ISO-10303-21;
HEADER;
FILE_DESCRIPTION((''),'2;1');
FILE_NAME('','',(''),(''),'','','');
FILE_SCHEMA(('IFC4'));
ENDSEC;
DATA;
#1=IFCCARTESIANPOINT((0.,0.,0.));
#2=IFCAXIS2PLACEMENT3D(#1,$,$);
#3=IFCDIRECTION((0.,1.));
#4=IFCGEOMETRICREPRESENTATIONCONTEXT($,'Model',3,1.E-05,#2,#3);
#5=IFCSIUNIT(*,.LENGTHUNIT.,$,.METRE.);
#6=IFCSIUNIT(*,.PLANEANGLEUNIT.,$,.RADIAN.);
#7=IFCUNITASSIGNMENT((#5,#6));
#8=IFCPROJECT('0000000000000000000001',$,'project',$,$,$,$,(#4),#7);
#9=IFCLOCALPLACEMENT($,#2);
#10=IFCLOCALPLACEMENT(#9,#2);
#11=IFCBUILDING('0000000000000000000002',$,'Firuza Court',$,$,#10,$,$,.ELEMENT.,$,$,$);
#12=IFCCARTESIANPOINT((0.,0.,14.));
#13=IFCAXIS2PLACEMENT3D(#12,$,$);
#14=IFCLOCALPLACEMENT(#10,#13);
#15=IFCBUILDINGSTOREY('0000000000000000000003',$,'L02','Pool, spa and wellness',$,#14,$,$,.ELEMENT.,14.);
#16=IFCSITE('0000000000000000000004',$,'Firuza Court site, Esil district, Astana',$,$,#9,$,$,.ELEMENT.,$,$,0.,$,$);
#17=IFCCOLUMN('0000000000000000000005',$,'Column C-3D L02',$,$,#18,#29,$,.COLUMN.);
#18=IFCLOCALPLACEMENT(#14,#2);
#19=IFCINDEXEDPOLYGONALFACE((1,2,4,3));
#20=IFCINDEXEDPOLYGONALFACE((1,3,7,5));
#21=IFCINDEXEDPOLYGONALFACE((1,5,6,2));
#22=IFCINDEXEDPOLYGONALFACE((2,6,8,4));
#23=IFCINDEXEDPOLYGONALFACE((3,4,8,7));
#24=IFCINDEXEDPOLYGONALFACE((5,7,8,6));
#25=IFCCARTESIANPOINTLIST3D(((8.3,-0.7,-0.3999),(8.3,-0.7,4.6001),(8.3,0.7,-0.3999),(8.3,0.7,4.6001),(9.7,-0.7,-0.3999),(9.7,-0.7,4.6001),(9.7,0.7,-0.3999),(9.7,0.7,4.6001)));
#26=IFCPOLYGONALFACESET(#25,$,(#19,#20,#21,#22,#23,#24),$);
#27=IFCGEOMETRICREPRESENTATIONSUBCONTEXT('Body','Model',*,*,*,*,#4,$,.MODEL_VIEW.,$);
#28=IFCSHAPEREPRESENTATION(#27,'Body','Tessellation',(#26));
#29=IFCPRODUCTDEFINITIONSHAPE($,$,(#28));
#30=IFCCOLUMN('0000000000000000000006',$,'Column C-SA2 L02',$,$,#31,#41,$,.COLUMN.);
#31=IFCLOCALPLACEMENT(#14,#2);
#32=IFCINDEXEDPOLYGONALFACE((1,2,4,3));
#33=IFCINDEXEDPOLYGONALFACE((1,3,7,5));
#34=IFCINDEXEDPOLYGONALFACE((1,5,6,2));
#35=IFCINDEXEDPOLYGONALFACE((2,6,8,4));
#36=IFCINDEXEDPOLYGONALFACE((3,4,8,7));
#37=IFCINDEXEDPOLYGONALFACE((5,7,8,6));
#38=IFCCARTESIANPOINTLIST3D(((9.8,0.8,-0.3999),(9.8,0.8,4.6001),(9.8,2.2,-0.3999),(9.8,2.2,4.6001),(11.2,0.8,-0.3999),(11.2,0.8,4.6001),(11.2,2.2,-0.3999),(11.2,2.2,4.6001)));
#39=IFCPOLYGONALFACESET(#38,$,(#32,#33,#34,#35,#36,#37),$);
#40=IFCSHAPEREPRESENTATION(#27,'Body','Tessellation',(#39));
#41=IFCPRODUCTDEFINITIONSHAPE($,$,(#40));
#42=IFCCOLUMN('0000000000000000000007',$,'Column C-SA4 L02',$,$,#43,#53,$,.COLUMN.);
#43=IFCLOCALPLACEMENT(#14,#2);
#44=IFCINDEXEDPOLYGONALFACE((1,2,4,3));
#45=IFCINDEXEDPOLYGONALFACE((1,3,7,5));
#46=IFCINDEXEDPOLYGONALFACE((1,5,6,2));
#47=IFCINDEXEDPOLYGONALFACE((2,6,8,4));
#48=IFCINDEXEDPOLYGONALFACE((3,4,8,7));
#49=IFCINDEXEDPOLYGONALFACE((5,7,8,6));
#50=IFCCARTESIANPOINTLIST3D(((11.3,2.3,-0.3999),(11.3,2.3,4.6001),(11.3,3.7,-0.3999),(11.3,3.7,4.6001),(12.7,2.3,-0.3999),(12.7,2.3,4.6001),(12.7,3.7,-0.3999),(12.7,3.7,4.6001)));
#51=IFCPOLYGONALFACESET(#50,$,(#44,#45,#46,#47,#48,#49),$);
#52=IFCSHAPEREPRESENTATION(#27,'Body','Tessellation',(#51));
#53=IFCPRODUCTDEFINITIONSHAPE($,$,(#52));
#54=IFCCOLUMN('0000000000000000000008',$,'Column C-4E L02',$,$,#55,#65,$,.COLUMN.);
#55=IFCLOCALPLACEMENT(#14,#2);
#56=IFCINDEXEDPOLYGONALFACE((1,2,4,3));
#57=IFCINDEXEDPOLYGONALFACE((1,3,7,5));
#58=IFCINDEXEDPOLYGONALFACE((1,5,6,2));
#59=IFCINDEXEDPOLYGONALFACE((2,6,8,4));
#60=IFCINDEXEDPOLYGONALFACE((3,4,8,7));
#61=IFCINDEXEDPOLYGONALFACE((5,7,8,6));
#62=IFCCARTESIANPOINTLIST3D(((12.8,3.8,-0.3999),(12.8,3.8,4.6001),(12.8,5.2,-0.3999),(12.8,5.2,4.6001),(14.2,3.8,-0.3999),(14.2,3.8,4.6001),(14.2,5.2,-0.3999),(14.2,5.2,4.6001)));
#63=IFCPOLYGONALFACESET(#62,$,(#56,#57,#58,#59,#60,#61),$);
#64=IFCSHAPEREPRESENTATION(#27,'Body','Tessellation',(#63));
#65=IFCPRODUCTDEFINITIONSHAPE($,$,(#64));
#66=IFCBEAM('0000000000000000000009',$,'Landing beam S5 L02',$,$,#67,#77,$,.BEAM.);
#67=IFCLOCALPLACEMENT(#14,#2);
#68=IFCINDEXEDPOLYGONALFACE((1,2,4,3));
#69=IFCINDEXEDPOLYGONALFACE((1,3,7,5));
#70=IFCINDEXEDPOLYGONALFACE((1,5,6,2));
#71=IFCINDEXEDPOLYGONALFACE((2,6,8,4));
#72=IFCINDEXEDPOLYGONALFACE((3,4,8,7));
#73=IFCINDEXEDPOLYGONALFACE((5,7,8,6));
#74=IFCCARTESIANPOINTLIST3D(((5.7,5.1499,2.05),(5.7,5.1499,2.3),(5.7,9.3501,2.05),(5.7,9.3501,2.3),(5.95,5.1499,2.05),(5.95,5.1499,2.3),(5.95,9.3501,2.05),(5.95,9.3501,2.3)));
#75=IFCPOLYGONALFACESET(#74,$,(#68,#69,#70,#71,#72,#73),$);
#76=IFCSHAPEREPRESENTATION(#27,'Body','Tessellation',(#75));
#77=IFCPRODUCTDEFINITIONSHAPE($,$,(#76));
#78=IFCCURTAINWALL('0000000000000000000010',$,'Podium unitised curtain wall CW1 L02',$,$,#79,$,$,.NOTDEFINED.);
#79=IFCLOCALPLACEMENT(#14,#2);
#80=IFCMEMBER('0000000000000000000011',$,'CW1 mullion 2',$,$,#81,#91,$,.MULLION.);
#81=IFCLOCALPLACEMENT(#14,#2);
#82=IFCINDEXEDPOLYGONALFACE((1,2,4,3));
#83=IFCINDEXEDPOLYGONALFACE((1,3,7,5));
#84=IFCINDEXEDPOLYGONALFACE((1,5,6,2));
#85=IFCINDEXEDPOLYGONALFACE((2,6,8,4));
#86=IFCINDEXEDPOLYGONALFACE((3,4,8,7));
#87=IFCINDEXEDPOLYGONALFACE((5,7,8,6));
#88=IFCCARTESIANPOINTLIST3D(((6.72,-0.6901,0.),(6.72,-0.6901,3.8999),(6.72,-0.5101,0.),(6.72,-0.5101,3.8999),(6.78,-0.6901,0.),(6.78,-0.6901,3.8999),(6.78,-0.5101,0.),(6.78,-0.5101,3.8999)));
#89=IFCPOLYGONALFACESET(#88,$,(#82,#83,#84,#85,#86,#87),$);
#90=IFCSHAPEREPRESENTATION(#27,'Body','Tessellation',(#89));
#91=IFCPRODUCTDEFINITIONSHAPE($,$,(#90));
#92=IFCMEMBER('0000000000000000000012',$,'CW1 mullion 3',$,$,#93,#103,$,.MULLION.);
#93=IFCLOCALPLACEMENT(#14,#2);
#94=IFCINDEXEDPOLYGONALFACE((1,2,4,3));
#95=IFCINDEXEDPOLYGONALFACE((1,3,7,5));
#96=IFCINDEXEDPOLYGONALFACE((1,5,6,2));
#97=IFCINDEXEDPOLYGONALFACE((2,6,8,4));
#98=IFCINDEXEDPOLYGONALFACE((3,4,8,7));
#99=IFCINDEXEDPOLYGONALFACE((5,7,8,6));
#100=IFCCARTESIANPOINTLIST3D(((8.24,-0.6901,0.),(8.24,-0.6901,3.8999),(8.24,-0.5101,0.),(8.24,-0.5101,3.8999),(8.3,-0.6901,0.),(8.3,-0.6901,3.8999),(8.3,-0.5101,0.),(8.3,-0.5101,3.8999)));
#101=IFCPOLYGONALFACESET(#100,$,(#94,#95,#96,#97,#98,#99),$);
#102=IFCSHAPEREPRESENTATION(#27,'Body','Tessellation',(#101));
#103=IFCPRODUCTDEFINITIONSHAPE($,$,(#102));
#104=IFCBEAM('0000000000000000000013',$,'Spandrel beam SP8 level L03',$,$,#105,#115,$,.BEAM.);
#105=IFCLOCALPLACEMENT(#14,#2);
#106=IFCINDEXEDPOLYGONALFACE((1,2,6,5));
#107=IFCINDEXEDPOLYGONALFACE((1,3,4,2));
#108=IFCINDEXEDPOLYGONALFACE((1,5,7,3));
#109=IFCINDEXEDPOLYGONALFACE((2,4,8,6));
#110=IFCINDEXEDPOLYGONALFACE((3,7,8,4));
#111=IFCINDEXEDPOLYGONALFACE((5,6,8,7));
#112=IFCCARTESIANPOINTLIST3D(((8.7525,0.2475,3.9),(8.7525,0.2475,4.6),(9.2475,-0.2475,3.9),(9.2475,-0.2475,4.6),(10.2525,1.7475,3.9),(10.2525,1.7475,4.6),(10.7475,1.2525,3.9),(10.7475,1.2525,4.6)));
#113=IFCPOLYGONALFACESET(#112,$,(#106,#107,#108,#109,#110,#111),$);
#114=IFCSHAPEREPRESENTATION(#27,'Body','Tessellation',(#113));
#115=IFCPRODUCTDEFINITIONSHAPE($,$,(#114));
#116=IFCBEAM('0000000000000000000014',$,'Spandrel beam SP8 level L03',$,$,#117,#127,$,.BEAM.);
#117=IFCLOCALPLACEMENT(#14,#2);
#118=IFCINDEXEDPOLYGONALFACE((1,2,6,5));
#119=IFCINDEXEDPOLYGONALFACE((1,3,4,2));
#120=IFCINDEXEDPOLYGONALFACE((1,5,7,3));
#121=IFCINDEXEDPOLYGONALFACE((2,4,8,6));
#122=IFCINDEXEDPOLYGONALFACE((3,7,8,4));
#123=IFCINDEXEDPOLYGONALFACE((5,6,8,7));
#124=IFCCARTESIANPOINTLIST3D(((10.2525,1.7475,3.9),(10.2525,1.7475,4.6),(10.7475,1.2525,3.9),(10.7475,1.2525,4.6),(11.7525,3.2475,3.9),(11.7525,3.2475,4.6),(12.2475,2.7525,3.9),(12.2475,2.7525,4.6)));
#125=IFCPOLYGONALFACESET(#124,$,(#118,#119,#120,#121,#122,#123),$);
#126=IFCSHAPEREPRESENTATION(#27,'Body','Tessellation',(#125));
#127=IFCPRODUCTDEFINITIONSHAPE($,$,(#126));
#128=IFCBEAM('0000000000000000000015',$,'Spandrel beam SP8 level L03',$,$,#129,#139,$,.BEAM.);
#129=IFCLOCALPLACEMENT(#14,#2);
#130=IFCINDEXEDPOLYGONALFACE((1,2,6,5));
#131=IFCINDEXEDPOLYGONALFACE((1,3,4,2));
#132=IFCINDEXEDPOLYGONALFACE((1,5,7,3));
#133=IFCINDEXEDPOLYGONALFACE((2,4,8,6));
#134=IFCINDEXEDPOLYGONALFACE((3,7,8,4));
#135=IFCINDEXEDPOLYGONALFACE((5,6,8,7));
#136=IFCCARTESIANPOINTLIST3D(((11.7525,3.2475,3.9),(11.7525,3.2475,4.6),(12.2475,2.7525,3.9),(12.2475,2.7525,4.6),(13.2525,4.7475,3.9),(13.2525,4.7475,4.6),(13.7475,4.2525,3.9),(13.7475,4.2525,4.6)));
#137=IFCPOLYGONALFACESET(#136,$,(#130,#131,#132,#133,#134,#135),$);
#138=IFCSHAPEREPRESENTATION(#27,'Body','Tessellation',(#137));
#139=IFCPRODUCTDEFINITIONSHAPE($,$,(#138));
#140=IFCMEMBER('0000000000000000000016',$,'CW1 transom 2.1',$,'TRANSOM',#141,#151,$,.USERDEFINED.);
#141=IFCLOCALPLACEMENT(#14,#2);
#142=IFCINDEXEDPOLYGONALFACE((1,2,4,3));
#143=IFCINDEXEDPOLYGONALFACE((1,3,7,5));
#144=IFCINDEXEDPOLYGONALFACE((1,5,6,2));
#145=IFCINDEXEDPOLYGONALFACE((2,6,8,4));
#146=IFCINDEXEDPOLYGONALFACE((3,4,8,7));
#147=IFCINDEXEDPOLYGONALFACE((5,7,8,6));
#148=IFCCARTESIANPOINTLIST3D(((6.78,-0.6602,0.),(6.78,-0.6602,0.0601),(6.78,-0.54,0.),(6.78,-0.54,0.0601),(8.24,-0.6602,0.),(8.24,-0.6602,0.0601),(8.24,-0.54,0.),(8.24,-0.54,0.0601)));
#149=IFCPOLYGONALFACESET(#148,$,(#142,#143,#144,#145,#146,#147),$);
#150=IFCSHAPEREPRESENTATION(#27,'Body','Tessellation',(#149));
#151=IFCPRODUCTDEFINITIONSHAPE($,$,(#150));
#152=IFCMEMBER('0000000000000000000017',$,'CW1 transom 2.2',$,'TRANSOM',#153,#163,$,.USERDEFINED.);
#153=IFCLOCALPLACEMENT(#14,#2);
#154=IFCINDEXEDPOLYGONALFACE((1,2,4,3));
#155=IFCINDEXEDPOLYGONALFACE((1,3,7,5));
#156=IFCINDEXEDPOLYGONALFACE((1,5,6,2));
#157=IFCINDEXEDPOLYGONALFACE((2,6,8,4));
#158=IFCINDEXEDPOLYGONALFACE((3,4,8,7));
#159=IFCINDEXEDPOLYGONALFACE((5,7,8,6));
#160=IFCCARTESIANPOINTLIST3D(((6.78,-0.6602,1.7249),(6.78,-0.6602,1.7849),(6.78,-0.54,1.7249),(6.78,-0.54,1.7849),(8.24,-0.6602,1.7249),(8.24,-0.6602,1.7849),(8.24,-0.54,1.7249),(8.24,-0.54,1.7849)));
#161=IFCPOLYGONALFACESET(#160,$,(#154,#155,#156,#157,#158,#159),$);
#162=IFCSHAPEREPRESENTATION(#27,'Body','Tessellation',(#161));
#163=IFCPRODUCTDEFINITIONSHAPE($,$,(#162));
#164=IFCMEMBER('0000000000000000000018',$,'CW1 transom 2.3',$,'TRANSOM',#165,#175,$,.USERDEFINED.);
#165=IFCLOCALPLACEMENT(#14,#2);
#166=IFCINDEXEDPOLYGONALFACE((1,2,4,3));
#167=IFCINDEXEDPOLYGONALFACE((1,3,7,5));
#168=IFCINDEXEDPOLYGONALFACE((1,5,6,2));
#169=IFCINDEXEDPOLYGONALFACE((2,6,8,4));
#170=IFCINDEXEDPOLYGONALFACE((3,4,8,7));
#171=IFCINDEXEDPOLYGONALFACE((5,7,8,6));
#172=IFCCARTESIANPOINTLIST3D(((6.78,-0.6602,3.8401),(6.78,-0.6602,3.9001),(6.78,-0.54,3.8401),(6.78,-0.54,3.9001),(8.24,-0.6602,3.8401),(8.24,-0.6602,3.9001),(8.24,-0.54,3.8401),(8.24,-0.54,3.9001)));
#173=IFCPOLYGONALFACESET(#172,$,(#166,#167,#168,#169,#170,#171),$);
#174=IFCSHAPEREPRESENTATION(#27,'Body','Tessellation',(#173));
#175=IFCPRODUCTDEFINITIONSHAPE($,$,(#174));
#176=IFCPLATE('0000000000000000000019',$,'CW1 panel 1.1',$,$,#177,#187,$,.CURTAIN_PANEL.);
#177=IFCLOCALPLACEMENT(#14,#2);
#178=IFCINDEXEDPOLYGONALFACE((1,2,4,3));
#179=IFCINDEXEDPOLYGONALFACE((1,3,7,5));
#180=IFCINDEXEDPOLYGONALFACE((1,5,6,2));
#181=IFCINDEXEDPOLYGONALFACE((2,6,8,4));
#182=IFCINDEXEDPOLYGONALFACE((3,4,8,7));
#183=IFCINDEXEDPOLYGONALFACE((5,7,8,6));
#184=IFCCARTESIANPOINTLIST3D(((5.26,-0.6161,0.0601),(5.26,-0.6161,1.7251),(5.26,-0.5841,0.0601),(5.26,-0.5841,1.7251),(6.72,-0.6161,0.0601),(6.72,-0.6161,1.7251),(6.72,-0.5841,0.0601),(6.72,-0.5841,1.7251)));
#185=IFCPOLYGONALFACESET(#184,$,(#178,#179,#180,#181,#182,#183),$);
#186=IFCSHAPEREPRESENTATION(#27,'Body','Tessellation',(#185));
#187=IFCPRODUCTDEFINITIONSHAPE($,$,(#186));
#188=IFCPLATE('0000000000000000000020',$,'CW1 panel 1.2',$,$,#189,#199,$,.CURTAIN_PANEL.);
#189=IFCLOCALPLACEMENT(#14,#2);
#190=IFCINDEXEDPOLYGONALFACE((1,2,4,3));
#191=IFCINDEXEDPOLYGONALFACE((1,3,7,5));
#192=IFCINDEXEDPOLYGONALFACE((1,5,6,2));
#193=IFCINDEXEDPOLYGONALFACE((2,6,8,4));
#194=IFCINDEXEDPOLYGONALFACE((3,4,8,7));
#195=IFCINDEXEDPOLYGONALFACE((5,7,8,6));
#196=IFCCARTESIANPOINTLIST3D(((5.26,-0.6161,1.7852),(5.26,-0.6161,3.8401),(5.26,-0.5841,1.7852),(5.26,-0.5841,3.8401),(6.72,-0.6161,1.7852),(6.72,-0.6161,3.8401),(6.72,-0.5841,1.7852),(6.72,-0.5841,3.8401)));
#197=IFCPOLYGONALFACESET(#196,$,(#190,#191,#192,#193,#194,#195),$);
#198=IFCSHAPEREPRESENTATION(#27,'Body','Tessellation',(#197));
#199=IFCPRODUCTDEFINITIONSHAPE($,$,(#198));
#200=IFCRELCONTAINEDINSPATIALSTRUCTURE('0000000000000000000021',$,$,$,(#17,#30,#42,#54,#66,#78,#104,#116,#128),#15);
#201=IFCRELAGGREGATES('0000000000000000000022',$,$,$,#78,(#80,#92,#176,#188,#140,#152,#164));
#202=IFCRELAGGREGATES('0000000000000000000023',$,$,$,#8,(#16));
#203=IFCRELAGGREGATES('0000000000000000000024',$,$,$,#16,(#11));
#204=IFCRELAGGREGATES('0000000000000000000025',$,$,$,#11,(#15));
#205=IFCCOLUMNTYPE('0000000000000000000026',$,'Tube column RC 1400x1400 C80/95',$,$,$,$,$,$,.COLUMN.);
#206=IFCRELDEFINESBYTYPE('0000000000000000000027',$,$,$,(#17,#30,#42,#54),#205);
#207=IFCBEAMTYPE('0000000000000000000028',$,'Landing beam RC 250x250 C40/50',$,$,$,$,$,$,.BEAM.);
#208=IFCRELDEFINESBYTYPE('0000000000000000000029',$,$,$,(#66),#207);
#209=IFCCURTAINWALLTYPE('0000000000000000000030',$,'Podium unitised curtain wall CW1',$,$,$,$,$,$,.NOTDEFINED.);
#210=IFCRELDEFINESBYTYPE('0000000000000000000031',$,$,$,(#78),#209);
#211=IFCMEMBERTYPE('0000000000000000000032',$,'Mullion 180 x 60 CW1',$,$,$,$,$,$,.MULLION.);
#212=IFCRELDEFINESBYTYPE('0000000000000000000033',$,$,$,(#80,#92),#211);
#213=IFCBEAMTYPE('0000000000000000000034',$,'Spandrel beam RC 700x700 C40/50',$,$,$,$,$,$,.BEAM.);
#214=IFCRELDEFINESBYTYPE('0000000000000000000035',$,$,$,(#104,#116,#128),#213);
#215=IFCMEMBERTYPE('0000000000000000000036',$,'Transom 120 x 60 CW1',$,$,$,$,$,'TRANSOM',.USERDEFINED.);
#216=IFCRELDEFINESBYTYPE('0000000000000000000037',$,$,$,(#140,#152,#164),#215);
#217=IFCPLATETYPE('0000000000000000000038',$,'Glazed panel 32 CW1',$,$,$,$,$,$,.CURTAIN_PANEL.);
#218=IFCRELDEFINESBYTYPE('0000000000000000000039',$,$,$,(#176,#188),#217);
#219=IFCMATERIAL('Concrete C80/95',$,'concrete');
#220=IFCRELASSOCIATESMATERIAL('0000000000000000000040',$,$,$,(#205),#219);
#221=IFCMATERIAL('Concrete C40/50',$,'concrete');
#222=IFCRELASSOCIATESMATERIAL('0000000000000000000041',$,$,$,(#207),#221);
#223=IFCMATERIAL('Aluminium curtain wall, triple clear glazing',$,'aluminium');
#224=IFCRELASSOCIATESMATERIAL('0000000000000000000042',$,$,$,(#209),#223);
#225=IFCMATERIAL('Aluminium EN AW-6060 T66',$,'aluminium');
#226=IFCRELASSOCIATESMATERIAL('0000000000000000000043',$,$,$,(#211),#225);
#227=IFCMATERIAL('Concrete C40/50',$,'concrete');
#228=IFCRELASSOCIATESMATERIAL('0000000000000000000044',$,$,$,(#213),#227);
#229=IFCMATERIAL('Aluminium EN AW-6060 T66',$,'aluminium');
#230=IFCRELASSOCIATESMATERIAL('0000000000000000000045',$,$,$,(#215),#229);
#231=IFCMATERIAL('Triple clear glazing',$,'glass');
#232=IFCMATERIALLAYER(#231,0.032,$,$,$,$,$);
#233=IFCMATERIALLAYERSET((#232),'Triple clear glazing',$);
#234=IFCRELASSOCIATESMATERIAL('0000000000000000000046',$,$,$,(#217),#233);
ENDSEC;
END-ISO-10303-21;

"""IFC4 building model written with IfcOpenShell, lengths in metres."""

from ifc_helpers import new_model, si_unit, direction, frame, origin, origin_2d, place, context, subcontext, project, spatial, rectangle, extrude, material, layer, layer_set, material_profile, profile_set, type_object, element, aggregate, save


model = new_model("IFC4")

# Units and contexts
model_context = context("Model", 3, precision=1e-05, world=origin(), true_north=direction((0.0, 1.0)))
body_context = subcontext(model_context, "Body", "Model", "MODEL_VIEW")
ifc_project = project(units=[si_unit("LENGTHUNIT", "METRE"), si_unit("PLANEANGLEUNIT", "RADIAN")], contexts=[model_context])

# Site, building, storey
site_placement = place(None, origin())
site = spatial("IfcSite", under=ifc_project, at=site_placement, Name="Firuza Court site, Esil district, Astana", CompositionType="ELEMENT", RefElevation=0.0)
building_placement = place(site_placement, origin())
building = spatial("IfcBuilding", under=site, at=building_placement, Name="Firuza Court", CompositionType="ELEMENT")
storey_placement = place(building_placement, frame((0.0, 0.0, 14.0)))
storey = spatial("IfcBuildingStorey", under=building, at=storey_placement, Name="L02", Description="Pool, spa and wellness", CompositionType="ELEMENT", Elevation=14.0)

# Columns
ifc_material_1 = material(Name="Concrete C80/95", Category="concrete")
ifc_material_profile_1 = material_profile(ifc_material_1, rectangle(XDim=1.3999, YDim=1.3999, at=origin_2d()), Name="RC 1400x1400")
ifc_profile_set_1 = profile_set([ifc_material_profile_1], Name="Concrete C80/95")
column_type = type_object("IfcColumnType", Name="Tube column RC 1400x1400 C80/95", PredefinedType="COLUMN", material=ifc_profile_set_1)
for number, where, z_axis, x_axis, name in (
    (1, (9.0, 0.0, -0.3999), (0.0, 0.0, 1.0), (1.0, 0.0, 0.0), "Column C-3D L02"),
    (2, (10.5, 1.5, -0.3999), (0.0, 0.0, 1.0), (1.0, 0.0, 0.0), "Column C-SA2 L02"),
    (3, (12.0, 3.0, -0.3999), (0.0, 0.0, 1.0), (1.0, 0.0, 0.0), "Column C-SA4 L02"),
    (4, (13.5, 4.5, -0.3999), (0.0, 0.0, 1.0), (1.0, 0.0, 0.0), "Column C-4E L02"),
):
    element("IfcColumn", number, at=place(storey_placement, frame(where, z_axis=z_axis, x_axis=x_axis)), inside=storey, type_object=column_type, Name=name, PredefinedType="COLUMN", context=body_context, shape_type="SweptSolid", body=[
        extrude(rectangle(XDim=1.3999, YDim=1.3999, at=origin_2d()), origin(), (0.0, 0.0, 1.0), 5.0),
    ])

# Beam
ifc_material_2 = material(Name="Concrete C40/50", Category="concrete")
ifc_material_profile_2 = material_profile(ifc_material_2, rectangle(XDim=0.25, YDim=0.25, at=origin_2d()), Name="RC 250x250")
ifc_profile_set_2 = profile_set([ifc_material_profile_2], Name="Concrete C40/50")
beam_type_1 = type_object("IfcBeamType", Name="Landing beam RC 250x250 C40/50", PredefinedType="BEAM", material=ifc_profile_set_2)
beam_placement = place(storey_placement, frame((5.825, 5.1499, 2.175), z_axis=(0.0, 1.0, 0.0), x_axis=(-1.0, 0.0, 0.0)))
element("IfcBeam", 5, at=beam_placement, inside=storey, type_object=beam_type_1, Name="Landing beam S5 L02", PredefinedType="BEAM", context=body_context, shape_type="SweptSolid", body=[
    extrude(rectangle(XDim=0.25, YDim=0.25, at=origin_2d()), origin(), (0.0, 0.0, 1.0), 4.2002),
])

# Curtain wall, members
ifc_material_3 = material(Name="Aluminium curtain wall, triple clear glazing", Category="aluminium")
curtain_wall_type = type_object("IfcCurtainWallType", Name="Podium unitised curtain wall CW1", PredefinedType="NOTDEFINED", material=ifc_material_3)
curtain_wall_placement = place(storey_placement, origin())
curtain_wall = element("IfcCurtainWall", 6, at=curtain_wall_placement, inside=storey, type_object=curtain_wall_type, Name="Podium unitised curtain wall CW1 L02", PredefinedType="NOTDEFINED")
ifc_material_4 = material(Name="Aluminium EN AW-6060 T66", Category="aluminium")
ifc_material_profile_3 = material_profile(ifc_material_4, rectangle(XDim=0.1799, YDim=0.0601, at=origin_2d()), Name="Mullion 180 x 60 CW1")
ifc_profile_set_3 = profile_set([ifc_material_profile_3], Name="Aluminium EN AW-6060 T66")
member_type_1 = type_object("IfcMemberType", Name="Mullion 180 x 60 CW1", PredefinedType="MULLION", material=ifc_profile_set_3)
member_1_placement = place(storey_placement, frame((6.75, -0.6001, 0.0), z_axis=(0.0, 0.0, 1.0), x_axis=(0.0, 1.0, 0.0)))
member_1 = element("IfcMember", 7, at=member_1_placement, type_object=member_type_1, Name="CW1 mullion 2", PredefinedType="MULLION", context=body_context, shape_type="SweptSolid", body=[
    extrude(rectangle(XDim=0.1799, YDim=0.0601, at=origin_2d()), origin(), (0.0, 0.0, 1.0), 3.8999),
])
member_2_placement = place(storey_placement, frame((8.27, -0.6001, 0.0), z_axis=(0.0, 0.0, 1.0), x_axis=(0.0, 1.0, 0.0)))
member_2 = element("IfcMember", 8, at=member_2_placement, type_object=member_type_1, Name="CW1 mullion 3", PredefinedType="MULLION", context=body_context, shape_type="SweptSolid", body=[
    extrude(rectangle(XDim=0.1799, YDim=0.0601, at=origin_2d()), origin(), (0.0, 0.0, 1.0), 3.8999),
])

# Beams
ifc_material_5 = material(Name="Concrete C40/50", Category="concrete")
ifc_material_profile_4 = material_profile(ifc_material_5, rectangle(XDim=0.7, YDim=0.7, at=origin_2d()), Name="RC 700x700")
ifc_profile_set_4 = profile_set([ifc_material_profile_4], Name="Concrete C40/50")
beam_type_2 = type_object("IfcBeamType", Name="Spandrel beam RC 700x700 C40/50", PredefinedType="BEAM", material=ifc_profile_set_4)
for number, where, z_axis, x_axis, name in (
    (9, (9.0, 0.0, 4.25), (0.707107, 0.707107, 0.0), (-0.707107, 0.707107, 0.0), "Spandrel beam SP8 level L03"),
    (10, (10.5, 1.5, 4.25), (0.707107, 0.707107, 0.0), (-0.707107, 0.707107, 0.0), "Spandrel beam SP8 level L03"),
    (11, (12.0, 3.0, 4.25), (0.707107, 0.707107, 0.0), (-0.707107, 0.707107, 0.0), "Spandrel beam SP8 level L03"),
):
    element("IfcBeam", number, at=place(storey_placement, frame(where, z_axis=z_axis, x_axis=x_axis)), inside=storey, type_object=beam_type_2, Name=name, PredefinedType="BEAM", context=body_context, shape_type="SweptSolid", body=[
        extrude(rectangle(XDim=0.7, YDim=0.7, at=origin_2d()), origin(), (0.0, 0.0, 1.0), 2.1213),
    ])

# Members
ifc_material_6 = material(Name="Aluminium EN AW-6060 T66", Category="aluminium")
ifc_material_profile_5 = material_profile(ifc_material_6, rectangle(XDim=0.1201, YDim=0.0601, at=origin_2d()), Name="Transom 120 x 60 CW1")
ifc_profile_set_5 = profile_set([ifc_material_profile_5], Name="Aluminium EN AW-6060 T66")
member_type_2 = type_object("IfcMemberType", Name="Transom 120 x 60 CW1", ElementType="TRANSOM", PredefinedType="USERDEFINED", material=ifc_profile_set_5)
member_3_placement = place(storey_placement, frame((6.78, -0.6001, 0.03), z_axis=(1.0, 0.0, 0.0), x_axis=(0.0, 1.0, 0.0)))
member_3 = element("IfcMember", 12, at=member_3_placement, type_object=member_type_2, Name="CW1 transom 2.1", ObjectType="TRANSOM", PredefinedType="USERDEFINED", context=body_context, shape_type="SweptSolid", body=[
    extrude(rectangle(XDim=0.1201, YDim=0.0601, at=origin_2d()), origin(), (0.0, 0.0, 1.0), 1.46),
])
member_4_placement = place(storey_placement, frame((6.78, -0.6001, 1.7549), z_axis=(1.0, 0.0, 0.0), x_axis=(0.0, 1.0, 0.0)))
member_4 = element("IfcMember", 13, at=member_4_placement, type_object=member_type_2, Name="CW1 transom 2.2", ObjectType="TRANSOM", PredefinedType="USERDEFINED", context=body_context, shape_type="SweptSolid", body=[
    extrude(rectangle(XDim=0.1201, YDim=0.0601, at=origin_2d()), origin(), (0.0, 0.0, 1.0), 1.46),
])
member_5_placement = place(storey_placement, frame((6.78, -0.6001, 3.8701), z_axis=(1.0, 0.0, 0.0), x_axis=(0.0, 1.0, 0.0)))
member_5 = element("IfcMember", 14, at=member_5_placement, type_object=member_type_2, Name="CW1 transom 2.3", ObjectType="TRANSOM", PredefinedType="USERDEFINED", context=body_context, shape_type="SweptSolid", body=[
    extrude(rectangle(XDim=0.1201, YDim=0.0601, at=origin_2d()), origin(), (0.0, 0.0, 1.0), 1.46),
])

# Plates
ifc_material_7 = material(Name="Triple clear glazing", Category="glass")
ifc_layer_1 = layer(ifc_material_7, 0.032)
ifc_layer_set_1 = layer_set([ifc_layer_1], Name="Triple clear glazing")
plate_type = type_object("IfcPlateType", Name="Glazed panel 32 CW1", PredefinedType="CURTAIN_PANEL", material=ifc_layer_set_1)
plate_1_placement = place(storey_placement, frame((5.99, -0.6001, 0.0601), z_axis=(0.0, 0.0, 1.0), x_axis=(1.0, 0.0, 0.0)))
plate_1 = element("IfcPlate", 15, at=plate_1_placement, type_object=plate_type, Name="CW1 panel 1.1", PredefinedType="CURTAIN_PANEL", context=body_context, shape_type="SweptSolid", body=[
    extrude(rectangle(XDim=1.46, YDim=0.032, at=origin_2d()), origin(), (0.0, 0.0, 1.0), 1.665),
])
plate_2_placement = place(storey_placement, frame((5.99, -0.6001, 1.7852), z_axis=(0.0, 0.0, 1.0), x_axis=(1.0, 0.0, 0.0)))
plate_2 = element("IfcPlate", 16, at=plate_2_placement, type_object=plate_type, Name="CW1 panel 1.2", PredefinedType="CURTAIN_PANEL", context=body_context, shape_type="SweptSolid", body=[
    extrude(rectangle(XDim=1.46, YDim=0.032, at=origin_2d()), origin(), (0.0, 0.0, 1.0), 2.0549),
])
aggregate(curtain_wall, [member_1, member_2, plate_1, plate_2, member_3, member_4, member_5])

save(model, "model.ifc")
